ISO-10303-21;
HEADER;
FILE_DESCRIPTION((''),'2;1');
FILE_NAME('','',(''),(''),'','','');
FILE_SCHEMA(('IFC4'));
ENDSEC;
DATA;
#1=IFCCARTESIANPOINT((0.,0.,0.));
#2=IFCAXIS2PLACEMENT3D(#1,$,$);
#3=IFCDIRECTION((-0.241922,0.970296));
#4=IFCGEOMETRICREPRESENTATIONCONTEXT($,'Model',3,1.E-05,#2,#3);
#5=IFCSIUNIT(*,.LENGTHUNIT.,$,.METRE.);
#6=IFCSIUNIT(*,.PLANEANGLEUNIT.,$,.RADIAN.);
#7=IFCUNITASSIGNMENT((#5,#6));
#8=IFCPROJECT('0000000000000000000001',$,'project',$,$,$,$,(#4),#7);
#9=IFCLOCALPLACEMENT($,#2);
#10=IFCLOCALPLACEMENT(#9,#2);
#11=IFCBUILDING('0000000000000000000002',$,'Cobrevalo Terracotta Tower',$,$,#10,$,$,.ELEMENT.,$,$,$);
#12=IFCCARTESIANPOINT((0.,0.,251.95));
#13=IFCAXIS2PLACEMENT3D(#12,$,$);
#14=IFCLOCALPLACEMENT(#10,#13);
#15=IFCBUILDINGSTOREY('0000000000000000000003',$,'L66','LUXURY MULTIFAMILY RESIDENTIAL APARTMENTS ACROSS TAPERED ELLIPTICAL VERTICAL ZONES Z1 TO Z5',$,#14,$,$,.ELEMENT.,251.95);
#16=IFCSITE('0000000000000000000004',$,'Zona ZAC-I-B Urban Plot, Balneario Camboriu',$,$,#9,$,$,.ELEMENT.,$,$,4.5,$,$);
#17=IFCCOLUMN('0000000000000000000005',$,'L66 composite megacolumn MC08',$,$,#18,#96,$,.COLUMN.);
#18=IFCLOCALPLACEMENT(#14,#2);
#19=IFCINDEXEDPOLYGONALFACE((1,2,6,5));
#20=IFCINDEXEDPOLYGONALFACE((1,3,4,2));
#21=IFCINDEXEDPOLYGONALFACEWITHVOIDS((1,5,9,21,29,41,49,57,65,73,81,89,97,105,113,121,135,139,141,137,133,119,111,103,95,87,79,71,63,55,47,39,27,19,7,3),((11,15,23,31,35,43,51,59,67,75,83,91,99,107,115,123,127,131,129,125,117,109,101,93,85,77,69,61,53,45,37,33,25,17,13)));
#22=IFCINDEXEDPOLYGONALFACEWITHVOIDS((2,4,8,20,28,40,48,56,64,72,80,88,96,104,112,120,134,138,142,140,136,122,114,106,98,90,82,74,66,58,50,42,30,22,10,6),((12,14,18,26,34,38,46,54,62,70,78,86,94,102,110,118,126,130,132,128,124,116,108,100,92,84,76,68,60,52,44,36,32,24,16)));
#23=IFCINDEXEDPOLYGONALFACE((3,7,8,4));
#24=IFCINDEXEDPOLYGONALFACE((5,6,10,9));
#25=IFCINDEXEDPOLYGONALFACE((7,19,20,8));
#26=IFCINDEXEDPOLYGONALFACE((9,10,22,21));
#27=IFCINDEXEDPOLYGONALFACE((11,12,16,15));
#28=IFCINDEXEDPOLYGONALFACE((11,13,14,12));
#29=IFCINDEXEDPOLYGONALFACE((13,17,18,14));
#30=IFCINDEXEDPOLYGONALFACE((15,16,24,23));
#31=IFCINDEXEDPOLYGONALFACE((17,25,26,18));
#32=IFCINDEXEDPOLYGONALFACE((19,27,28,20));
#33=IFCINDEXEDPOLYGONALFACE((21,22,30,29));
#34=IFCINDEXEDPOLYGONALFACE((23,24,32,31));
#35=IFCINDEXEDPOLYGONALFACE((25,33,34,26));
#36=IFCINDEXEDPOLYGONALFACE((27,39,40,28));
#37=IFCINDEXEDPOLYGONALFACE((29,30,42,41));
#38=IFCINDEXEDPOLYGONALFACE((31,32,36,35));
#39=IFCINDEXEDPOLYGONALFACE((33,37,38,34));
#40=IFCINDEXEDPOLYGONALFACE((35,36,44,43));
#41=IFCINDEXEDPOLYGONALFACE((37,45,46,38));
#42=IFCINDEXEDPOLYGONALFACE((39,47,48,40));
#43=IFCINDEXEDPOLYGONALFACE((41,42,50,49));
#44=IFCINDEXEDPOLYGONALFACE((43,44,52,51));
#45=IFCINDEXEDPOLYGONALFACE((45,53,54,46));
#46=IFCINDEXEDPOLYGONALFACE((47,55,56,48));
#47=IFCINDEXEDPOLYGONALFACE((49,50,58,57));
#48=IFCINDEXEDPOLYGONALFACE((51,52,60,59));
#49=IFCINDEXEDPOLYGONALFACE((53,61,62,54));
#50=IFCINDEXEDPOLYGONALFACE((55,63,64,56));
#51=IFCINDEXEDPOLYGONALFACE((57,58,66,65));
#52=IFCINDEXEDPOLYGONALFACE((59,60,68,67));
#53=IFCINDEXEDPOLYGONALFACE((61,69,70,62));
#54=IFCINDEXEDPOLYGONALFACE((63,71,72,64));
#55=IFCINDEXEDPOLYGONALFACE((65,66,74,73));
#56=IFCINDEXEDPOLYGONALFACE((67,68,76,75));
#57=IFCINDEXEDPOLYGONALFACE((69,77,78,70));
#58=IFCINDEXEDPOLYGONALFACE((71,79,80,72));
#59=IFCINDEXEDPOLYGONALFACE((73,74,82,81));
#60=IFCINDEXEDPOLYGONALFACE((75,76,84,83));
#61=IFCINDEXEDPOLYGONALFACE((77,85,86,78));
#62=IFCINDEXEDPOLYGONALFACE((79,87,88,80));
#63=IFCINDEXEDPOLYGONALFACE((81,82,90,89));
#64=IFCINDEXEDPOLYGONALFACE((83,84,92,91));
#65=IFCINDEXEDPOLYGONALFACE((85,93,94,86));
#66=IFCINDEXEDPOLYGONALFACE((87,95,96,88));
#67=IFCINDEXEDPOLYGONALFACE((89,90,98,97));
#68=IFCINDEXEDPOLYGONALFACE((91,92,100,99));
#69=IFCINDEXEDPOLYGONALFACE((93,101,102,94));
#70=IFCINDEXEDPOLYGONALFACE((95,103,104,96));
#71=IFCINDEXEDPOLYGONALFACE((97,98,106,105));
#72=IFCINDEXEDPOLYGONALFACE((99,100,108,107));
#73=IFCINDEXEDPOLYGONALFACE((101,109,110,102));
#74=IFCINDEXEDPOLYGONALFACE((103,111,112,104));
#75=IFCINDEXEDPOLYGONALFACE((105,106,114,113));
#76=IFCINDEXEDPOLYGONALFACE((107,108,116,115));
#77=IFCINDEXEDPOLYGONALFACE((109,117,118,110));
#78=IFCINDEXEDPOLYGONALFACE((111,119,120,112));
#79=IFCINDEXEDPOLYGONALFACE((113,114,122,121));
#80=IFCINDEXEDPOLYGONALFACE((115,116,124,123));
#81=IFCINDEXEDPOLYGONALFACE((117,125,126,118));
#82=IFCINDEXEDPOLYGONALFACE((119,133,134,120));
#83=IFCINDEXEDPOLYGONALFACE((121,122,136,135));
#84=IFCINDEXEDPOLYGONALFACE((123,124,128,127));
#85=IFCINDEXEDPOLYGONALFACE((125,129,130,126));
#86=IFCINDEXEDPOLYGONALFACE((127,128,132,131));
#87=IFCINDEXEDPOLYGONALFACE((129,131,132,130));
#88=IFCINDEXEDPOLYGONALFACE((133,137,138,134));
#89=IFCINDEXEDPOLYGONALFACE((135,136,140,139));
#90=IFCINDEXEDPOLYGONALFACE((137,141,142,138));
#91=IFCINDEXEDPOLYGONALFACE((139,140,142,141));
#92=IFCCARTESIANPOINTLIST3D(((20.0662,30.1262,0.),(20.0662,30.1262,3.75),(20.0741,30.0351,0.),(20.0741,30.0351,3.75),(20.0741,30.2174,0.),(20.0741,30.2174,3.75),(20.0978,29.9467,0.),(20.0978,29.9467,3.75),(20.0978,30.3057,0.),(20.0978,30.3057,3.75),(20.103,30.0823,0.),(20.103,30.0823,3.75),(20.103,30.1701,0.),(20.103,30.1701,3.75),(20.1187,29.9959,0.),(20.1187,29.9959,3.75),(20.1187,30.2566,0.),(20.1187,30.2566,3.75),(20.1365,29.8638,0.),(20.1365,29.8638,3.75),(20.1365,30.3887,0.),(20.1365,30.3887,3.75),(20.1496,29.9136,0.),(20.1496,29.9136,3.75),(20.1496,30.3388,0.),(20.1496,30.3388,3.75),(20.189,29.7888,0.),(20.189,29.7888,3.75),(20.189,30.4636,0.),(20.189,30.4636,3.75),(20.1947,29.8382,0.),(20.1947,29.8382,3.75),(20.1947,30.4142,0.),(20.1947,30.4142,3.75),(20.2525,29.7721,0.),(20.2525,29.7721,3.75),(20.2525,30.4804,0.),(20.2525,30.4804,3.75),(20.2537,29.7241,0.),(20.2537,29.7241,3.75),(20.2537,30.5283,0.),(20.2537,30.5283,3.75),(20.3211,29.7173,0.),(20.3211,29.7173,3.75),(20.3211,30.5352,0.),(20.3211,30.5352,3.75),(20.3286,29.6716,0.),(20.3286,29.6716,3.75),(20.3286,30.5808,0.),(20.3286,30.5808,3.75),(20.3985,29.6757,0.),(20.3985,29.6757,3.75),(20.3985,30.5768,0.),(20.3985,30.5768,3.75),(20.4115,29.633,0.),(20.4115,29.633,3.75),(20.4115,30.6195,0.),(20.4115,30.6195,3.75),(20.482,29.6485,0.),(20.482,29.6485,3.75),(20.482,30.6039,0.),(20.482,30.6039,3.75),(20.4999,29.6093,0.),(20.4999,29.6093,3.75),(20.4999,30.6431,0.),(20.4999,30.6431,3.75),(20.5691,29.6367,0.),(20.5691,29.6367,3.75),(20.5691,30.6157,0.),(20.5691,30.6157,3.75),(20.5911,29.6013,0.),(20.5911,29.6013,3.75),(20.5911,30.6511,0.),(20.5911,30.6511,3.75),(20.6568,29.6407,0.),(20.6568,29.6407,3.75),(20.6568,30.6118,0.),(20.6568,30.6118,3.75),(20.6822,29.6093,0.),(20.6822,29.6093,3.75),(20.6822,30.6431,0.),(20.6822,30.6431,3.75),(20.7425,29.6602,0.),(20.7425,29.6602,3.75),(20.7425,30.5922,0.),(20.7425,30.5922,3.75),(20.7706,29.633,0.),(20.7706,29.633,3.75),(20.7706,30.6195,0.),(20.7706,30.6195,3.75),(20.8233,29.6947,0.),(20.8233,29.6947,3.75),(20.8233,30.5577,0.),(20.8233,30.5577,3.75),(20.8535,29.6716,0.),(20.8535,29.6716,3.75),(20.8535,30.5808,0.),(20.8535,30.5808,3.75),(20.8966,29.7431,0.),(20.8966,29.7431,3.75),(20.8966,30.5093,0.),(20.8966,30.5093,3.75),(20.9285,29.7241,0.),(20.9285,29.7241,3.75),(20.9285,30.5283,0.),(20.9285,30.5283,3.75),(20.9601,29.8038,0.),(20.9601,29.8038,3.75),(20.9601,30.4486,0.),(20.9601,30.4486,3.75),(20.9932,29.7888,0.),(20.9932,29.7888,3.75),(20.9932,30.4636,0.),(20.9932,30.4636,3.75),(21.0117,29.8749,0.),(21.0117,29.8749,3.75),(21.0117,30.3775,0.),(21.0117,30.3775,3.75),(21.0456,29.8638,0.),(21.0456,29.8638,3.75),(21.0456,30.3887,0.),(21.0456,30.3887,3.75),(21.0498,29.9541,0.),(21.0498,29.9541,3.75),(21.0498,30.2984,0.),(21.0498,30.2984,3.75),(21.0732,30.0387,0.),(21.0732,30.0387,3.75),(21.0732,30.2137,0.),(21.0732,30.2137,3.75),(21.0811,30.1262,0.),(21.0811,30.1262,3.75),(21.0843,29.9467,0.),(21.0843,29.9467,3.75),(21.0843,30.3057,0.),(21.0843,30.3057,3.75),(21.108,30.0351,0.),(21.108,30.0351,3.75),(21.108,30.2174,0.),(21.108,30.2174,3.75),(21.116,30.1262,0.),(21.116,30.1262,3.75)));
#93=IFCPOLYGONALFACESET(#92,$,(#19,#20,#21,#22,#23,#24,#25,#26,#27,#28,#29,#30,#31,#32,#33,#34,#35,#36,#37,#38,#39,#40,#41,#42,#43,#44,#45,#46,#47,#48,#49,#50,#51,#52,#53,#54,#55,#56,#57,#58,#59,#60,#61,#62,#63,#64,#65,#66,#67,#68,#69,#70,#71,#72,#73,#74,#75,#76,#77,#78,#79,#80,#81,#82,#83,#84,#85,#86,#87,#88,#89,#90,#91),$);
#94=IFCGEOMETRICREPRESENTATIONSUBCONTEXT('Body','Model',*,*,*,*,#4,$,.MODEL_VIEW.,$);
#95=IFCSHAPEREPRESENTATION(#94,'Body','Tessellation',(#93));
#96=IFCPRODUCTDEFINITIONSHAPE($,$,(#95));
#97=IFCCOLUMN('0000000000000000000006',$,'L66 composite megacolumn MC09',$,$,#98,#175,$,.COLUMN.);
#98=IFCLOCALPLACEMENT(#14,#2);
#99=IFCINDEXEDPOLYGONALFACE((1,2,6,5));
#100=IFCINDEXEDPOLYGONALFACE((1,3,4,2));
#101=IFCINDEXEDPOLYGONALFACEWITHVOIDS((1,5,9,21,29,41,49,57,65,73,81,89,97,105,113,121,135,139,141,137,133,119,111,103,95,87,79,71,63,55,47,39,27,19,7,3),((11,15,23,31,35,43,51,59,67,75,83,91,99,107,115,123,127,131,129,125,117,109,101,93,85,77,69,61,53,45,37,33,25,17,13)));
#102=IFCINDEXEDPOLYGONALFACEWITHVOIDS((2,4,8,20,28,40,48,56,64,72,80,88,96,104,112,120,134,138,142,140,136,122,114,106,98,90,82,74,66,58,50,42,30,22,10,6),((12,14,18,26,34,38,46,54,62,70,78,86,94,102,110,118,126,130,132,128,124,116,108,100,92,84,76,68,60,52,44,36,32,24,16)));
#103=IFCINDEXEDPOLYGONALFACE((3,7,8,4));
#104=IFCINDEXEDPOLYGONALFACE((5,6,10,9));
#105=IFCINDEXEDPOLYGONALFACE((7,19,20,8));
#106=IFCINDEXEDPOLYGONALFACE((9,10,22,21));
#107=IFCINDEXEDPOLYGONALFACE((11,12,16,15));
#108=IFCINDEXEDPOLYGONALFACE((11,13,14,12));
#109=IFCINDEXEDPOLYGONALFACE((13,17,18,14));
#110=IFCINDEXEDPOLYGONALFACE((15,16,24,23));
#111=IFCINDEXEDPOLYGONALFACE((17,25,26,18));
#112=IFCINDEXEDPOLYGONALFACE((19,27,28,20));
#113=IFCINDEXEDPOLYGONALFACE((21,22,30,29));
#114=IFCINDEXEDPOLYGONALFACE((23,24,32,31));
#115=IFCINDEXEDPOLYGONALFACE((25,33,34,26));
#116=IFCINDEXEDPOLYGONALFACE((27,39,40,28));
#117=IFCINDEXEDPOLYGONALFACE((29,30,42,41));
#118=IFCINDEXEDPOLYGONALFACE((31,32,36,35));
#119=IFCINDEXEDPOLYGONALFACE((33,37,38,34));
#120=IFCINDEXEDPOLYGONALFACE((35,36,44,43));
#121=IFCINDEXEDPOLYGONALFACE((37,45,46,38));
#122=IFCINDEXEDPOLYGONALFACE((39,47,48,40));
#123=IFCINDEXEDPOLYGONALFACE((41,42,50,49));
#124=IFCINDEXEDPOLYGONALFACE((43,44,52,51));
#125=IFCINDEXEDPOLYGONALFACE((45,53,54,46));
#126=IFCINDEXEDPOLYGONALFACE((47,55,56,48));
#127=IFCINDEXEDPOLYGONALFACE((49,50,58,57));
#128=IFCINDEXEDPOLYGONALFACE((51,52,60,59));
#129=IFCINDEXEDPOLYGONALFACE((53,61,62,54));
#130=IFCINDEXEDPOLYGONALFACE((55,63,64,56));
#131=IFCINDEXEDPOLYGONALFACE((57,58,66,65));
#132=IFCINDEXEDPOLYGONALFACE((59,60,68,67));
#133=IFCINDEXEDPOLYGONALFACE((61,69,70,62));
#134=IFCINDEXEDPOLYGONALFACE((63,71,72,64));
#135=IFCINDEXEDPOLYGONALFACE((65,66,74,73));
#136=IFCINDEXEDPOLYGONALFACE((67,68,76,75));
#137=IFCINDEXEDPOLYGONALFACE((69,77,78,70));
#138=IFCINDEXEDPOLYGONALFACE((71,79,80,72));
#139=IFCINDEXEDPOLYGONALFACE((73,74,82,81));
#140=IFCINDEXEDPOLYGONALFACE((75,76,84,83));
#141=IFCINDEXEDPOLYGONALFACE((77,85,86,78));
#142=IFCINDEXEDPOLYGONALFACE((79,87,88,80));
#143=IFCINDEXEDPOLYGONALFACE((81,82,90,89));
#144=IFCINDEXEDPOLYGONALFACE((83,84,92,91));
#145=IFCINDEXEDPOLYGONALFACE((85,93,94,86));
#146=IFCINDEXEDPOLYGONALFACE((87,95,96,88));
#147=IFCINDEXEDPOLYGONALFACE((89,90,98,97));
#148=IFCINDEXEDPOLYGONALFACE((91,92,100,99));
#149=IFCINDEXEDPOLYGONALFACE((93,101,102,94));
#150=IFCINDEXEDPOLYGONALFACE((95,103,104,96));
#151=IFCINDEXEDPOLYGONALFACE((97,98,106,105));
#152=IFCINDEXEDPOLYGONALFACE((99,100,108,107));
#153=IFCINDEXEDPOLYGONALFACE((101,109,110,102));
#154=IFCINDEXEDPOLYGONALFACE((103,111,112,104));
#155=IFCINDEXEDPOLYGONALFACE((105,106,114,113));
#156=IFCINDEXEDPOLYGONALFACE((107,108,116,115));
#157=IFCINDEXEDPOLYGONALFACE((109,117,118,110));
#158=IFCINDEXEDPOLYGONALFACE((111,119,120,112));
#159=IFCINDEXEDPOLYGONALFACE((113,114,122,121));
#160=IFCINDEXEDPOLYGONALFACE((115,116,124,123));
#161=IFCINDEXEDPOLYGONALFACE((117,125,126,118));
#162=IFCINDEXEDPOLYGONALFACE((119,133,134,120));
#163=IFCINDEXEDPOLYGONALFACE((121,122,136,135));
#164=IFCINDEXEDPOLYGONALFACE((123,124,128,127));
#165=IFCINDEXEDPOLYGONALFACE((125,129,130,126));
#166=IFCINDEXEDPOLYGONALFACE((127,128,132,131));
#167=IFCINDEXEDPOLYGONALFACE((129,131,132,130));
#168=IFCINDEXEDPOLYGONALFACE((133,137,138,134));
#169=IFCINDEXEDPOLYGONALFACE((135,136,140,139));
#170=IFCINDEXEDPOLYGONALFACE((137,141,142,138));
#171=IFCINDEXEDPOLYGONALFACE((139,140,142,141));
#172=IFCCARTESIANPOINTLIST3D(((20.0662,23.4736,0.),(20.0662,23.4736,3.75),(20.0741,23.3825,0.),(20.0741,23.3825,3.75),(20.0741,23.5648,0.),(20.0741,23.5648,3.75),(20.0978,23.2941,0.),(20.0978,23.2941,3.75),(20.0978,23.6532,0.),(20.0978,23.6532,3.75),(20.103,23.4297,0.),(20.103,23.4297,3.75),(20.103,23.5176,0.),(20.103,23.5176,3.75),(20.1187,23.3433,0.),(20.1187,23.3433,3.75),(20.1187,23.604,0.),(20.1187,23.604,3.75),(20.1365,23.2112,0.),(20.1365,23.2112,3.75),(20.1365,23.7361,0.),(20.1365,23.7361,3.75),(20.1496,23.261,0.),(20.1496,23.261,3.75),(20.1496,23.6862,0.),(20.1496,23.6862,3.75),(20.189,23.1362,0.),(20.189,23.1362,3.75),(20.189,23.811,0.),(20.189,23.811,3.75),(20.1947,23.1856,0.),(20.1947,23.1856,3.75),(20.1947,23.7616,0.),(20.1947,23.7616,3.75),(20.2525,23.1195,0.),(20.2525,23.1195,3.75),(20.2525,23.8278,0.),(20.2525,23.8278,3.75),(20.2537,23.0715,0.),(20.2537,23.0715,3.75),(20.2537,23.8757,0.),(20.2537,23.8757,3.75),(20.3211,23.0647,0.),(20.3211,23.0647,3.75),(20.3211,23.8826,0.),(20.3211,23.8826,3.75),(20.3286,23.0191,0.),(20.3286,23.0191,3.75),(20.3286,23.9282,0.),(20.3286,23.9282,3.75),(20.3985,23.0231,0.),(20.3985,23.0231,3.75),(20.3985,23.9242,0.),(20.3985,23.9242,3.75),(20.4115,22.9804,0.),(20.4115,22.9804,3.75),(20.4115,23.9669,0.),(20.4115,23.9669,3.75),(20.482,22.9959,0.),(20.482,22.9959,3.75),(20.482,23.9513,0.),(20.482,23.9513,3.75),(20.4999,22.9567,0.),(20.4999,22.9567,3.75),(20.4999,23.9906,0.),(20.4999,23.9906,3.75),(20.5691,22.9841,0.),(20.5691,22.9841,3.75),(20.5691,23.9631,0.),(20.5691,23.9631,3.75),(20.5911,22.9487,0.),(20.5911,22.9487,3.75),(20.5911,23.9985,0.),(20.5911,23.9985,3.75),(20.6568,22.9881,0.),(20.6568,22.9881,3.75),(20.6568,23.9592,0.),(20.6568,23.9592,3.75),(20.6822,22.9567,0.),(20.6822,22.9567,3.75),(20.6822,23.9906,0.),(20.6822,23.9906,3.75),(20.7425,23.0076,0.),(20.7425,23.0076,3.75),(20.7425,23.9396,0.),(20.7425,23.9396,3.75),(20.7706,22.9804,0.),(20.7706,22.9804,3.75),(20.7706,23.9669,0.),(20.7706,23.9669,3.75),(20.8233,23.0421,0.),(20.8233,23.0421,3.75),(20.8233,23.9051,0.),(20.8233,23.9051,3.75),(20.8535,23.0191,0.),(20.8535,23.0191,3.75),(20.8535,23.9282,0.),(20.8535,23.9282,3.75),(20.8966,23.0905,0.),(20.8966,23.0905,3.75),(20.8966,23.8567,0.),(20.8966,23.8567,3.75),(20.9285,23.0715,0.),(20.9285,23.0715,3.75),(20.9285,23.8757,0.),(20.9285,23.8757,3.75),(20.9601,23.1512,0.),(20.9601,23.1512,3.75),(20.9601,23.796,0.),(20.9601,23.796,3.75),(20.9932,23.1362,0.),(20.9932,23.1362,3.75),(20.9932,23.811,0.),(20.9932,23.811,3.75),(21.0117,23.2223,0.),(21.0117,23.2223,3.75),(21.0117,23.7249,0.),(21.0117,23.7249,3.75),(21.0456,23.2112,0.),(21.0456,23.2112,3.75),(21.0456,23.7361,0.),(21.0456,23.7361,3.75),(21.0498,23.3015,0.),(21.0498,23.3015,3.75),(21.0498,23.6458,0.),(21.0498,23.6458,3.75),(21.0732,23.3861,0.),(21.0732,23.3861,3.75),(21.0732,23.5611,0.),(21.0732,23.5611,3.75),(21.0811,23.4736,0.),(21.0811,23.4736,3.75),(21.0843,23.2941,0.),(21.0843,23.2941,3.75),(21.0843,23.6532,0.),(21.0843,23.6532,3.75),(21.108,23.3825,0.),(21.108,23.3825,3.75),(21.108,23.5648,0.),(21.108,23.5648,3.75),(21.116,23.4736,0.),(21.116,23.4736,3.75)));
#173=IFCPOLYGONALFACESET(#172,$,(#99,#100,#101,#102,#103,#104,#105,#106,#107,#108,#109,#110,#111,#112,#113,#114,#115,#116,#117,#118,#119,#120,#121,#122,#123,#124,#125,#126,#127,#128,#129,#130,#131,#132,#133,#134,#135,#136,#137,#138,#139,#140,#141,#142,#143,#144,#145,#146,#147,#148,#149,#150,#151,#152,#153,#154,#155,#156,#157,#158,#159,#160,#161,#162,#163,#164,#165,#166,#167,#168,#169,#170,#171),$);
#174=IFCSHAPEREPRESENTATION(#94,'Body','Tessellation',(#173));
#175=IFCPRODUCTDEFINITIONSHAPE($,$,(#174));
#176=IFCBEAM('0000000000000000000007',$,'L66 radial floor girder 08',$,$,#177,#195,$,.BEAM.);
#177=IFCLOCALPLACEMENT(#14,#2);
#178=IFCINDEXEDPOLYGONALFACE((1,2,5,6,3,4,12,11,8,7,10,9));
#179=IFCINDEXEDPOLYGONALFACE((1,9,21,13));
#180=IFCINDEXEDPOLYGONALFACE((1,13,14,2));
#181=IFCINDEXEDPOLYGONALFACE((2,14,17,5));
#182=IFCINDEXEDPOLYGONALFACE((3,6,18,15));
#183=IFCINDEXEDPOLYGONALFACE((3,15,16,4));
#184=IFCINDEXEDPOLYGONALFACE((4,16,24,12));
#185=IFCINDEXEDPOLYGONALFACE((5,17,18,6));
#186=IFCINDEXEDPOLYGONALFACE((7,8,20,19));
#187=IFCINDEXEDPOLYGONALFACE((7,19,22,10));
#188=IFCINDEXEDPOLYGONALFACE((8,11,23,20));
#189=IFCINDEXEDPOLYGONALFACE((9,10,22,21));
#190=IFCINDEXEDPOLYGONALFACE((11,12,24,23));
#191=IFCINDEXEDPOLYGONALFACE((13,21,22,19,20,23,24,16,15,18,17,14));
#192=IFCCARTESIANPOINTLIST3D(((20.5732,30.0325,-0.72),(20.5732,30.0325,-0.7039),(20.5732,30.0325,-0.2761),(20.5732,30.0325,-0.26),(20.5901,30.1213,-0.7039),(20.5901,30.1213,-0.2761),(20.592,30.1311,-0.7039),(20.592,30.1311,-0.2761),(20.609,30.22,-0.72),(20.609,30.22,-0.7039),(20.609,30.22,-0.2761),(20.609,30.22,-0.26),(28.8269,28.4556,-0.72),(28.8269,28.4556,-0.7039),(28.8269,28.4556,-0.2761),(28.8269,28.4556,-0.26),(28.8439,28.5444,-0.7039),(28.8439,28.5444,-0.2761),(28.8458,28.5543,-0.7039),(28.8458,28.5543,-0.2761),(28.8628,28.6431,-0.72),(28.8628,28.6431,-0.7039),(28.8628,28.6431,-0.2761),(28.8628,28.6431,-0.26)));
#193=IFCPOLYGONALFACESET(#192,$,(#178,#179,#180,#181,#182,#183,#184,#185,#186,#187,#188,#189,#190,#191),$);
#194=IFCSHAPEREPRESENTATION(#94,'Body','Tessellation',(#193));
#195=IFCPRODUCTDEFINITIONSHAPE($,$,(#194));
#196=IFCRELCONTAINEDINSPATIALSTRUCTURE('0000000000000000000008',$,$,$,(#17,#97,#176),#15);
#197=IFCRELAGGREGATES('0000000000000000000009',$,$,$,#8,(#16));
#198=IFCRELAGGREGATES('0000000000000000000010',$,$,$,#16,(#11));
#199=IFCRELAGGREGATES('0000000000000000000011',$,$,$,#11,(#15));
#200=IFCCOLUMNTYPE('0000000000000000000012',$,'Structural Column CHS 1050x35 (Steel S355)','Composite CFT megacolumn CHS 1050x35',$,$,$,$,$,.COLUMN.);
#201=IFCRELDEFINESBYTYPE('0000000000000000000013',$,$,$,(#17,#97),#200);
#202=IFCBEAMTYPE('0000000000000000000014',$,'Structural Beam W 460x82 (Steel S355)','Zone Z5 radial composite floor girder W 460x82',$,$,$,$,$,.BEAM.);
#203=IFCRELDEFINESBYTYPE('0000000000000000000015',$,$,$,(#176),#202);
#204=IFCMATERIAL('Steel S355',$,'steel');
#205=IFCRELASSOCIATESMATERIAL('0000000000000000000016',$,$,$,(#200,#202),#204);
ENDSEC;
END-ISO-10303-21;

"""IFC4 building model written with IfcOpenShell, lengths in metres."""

from ifc_helpers import new_model, si_unit, direction, frame, origin, origin_2d, place, context, subcontext, project, spatial, hollow_circle, i_section, extrude, material, material_profile, profile_set, type_object, element, save


model = new_model("IFC4")

# Units and contexts
model_context = context("Model", 3, precision=1e-05, world=origin(), true_north=direction((-0.241922, 0.970296)))
body_context = subcontext(model_context, "Body", "Model", "MODEL_VIEW")
ifc_project = project(units=[si_unit("LENGTHUNIT", "METRE"), si_unit("PLANEANGLEUNIT", "RADIAN")], contexts=[model_context])

# Site, building, storey
site_placement = place(None, origin())
site = spatial("IfcSite", under=ifc_project, at=site_placement, Name="Zona ZAC-I-B Urban Plot, Balneario Camboriu", CompositionType="ELEMENT", RefElevation=4.5)
building_placement = place(site_placement, origin())
building = spatial("IfcBuilding", under=site, at=building_placement, Name="Cobrevalo Terracotta Tower", CompositionType="ELEMENT")
storey_placement = place(building_placement, frame((0.0, 0.0, 251.95)))
storey = spatial("IfcBuildingStorey", under=building, at=storey_placement, Name="L66", Description="LUXURY MULTIFAMILY RESIDENTIAL APARTMENTS ACROSS TAPERED ELLIPTICAL VERTICAL ZONES Z1 TO Z5", CompositionType="ELEMENT", Elevation=251.95)

# Columns
ifc_material_1 = material(Name="Steel S355", Category="steel")
ifc_material_profile_1 = material_profile(ifc_material_1, hollow_circle(Radius=0.5249, WallThickness=0.0349, at=origin_2d()), Name="CHS 1050x35")
ifc_profile_set_1 = profile_set([ifc_material_profile_1], Name="Steel S355")
column_type = type_object("IfcColumnType", Name="Structural Column CHS 1050x35 (Steel S355)", Description="Composite CFT megacolumn CHS 1050x35", PredefinedType="COLUMN", material=ifc_profile_set_1)
for number, where, z_axis, x_axis, name in (
    (1, (20.5911, 30.1262, 0.0), (0.0, 0.0, 1.0), (1.0, 0.0, 0.0), "L66 composite megacolumn MC08"),
    (2, (20.5911, 23.4736, 0.0), (0.0, 0.0, 1.0), (1.0, 0.0, 0.0), "L66 composite megacolumn MC09"),
):
    element("IfcColumn", number, at=place(storey_placement, frame(where, z_axis=z_axis, x_axis=x_axis)), inside=storey, type_object=column_type, Name=name, PredefinedType="COLUMN", context=body_context, shape_type="SweptSolid", body=[
        extrude(hollow_circle(Radius=0.5249, WallThickness=0.0349, at=origin_2d()), origin(), (0.0, 0.0, 1.0), 3.75),
    ])

# Beam
ifc_material_profile_2 = material_profile(ifc_material_1, i_section(OverallWidth=0.1909, OverallDepth=0.46, WebThickness=0.01, FlangeThickness=0.0161, at=origin_2d()), Name="W 460x82")
ifc_profile_set_2 = profile_set([ifc_material_profile_2], Name="Steel S355")
beam_type_1 = type_object("IfcBeamType", Name="Structural Beam W 460x82 (Steel S355)", Description="Zone Z5 radial composite floor girder W 460x82", PredefinedType="BEAM", material=ifc_profile_set_2)
beam_1_placement = place(storey_placement, frame((20.5911, 30.1262, -0.49), z_axis=(0.982235, -0.187655, 0.0), x_axis=(0.187655, 0.982235, 0.0)))
element("IfcBeam", 3, at=beam_1_placement, inside=storey, type_object=beam_type_1, Name="L66 radial floor girder 08", PredefinedType="BEAM", context=body_context, shape_type="SweptSolid", body=[
    extrude(i_section(OverallWidth=0.1909, OverallDepth=0.46, WebThickness=0.01, FlangeThickness=0.0161, at=origin_2d()), origin(), (0.0, 0.0, 1.0), 8.4031),
])

save(model, "model.ifc")
